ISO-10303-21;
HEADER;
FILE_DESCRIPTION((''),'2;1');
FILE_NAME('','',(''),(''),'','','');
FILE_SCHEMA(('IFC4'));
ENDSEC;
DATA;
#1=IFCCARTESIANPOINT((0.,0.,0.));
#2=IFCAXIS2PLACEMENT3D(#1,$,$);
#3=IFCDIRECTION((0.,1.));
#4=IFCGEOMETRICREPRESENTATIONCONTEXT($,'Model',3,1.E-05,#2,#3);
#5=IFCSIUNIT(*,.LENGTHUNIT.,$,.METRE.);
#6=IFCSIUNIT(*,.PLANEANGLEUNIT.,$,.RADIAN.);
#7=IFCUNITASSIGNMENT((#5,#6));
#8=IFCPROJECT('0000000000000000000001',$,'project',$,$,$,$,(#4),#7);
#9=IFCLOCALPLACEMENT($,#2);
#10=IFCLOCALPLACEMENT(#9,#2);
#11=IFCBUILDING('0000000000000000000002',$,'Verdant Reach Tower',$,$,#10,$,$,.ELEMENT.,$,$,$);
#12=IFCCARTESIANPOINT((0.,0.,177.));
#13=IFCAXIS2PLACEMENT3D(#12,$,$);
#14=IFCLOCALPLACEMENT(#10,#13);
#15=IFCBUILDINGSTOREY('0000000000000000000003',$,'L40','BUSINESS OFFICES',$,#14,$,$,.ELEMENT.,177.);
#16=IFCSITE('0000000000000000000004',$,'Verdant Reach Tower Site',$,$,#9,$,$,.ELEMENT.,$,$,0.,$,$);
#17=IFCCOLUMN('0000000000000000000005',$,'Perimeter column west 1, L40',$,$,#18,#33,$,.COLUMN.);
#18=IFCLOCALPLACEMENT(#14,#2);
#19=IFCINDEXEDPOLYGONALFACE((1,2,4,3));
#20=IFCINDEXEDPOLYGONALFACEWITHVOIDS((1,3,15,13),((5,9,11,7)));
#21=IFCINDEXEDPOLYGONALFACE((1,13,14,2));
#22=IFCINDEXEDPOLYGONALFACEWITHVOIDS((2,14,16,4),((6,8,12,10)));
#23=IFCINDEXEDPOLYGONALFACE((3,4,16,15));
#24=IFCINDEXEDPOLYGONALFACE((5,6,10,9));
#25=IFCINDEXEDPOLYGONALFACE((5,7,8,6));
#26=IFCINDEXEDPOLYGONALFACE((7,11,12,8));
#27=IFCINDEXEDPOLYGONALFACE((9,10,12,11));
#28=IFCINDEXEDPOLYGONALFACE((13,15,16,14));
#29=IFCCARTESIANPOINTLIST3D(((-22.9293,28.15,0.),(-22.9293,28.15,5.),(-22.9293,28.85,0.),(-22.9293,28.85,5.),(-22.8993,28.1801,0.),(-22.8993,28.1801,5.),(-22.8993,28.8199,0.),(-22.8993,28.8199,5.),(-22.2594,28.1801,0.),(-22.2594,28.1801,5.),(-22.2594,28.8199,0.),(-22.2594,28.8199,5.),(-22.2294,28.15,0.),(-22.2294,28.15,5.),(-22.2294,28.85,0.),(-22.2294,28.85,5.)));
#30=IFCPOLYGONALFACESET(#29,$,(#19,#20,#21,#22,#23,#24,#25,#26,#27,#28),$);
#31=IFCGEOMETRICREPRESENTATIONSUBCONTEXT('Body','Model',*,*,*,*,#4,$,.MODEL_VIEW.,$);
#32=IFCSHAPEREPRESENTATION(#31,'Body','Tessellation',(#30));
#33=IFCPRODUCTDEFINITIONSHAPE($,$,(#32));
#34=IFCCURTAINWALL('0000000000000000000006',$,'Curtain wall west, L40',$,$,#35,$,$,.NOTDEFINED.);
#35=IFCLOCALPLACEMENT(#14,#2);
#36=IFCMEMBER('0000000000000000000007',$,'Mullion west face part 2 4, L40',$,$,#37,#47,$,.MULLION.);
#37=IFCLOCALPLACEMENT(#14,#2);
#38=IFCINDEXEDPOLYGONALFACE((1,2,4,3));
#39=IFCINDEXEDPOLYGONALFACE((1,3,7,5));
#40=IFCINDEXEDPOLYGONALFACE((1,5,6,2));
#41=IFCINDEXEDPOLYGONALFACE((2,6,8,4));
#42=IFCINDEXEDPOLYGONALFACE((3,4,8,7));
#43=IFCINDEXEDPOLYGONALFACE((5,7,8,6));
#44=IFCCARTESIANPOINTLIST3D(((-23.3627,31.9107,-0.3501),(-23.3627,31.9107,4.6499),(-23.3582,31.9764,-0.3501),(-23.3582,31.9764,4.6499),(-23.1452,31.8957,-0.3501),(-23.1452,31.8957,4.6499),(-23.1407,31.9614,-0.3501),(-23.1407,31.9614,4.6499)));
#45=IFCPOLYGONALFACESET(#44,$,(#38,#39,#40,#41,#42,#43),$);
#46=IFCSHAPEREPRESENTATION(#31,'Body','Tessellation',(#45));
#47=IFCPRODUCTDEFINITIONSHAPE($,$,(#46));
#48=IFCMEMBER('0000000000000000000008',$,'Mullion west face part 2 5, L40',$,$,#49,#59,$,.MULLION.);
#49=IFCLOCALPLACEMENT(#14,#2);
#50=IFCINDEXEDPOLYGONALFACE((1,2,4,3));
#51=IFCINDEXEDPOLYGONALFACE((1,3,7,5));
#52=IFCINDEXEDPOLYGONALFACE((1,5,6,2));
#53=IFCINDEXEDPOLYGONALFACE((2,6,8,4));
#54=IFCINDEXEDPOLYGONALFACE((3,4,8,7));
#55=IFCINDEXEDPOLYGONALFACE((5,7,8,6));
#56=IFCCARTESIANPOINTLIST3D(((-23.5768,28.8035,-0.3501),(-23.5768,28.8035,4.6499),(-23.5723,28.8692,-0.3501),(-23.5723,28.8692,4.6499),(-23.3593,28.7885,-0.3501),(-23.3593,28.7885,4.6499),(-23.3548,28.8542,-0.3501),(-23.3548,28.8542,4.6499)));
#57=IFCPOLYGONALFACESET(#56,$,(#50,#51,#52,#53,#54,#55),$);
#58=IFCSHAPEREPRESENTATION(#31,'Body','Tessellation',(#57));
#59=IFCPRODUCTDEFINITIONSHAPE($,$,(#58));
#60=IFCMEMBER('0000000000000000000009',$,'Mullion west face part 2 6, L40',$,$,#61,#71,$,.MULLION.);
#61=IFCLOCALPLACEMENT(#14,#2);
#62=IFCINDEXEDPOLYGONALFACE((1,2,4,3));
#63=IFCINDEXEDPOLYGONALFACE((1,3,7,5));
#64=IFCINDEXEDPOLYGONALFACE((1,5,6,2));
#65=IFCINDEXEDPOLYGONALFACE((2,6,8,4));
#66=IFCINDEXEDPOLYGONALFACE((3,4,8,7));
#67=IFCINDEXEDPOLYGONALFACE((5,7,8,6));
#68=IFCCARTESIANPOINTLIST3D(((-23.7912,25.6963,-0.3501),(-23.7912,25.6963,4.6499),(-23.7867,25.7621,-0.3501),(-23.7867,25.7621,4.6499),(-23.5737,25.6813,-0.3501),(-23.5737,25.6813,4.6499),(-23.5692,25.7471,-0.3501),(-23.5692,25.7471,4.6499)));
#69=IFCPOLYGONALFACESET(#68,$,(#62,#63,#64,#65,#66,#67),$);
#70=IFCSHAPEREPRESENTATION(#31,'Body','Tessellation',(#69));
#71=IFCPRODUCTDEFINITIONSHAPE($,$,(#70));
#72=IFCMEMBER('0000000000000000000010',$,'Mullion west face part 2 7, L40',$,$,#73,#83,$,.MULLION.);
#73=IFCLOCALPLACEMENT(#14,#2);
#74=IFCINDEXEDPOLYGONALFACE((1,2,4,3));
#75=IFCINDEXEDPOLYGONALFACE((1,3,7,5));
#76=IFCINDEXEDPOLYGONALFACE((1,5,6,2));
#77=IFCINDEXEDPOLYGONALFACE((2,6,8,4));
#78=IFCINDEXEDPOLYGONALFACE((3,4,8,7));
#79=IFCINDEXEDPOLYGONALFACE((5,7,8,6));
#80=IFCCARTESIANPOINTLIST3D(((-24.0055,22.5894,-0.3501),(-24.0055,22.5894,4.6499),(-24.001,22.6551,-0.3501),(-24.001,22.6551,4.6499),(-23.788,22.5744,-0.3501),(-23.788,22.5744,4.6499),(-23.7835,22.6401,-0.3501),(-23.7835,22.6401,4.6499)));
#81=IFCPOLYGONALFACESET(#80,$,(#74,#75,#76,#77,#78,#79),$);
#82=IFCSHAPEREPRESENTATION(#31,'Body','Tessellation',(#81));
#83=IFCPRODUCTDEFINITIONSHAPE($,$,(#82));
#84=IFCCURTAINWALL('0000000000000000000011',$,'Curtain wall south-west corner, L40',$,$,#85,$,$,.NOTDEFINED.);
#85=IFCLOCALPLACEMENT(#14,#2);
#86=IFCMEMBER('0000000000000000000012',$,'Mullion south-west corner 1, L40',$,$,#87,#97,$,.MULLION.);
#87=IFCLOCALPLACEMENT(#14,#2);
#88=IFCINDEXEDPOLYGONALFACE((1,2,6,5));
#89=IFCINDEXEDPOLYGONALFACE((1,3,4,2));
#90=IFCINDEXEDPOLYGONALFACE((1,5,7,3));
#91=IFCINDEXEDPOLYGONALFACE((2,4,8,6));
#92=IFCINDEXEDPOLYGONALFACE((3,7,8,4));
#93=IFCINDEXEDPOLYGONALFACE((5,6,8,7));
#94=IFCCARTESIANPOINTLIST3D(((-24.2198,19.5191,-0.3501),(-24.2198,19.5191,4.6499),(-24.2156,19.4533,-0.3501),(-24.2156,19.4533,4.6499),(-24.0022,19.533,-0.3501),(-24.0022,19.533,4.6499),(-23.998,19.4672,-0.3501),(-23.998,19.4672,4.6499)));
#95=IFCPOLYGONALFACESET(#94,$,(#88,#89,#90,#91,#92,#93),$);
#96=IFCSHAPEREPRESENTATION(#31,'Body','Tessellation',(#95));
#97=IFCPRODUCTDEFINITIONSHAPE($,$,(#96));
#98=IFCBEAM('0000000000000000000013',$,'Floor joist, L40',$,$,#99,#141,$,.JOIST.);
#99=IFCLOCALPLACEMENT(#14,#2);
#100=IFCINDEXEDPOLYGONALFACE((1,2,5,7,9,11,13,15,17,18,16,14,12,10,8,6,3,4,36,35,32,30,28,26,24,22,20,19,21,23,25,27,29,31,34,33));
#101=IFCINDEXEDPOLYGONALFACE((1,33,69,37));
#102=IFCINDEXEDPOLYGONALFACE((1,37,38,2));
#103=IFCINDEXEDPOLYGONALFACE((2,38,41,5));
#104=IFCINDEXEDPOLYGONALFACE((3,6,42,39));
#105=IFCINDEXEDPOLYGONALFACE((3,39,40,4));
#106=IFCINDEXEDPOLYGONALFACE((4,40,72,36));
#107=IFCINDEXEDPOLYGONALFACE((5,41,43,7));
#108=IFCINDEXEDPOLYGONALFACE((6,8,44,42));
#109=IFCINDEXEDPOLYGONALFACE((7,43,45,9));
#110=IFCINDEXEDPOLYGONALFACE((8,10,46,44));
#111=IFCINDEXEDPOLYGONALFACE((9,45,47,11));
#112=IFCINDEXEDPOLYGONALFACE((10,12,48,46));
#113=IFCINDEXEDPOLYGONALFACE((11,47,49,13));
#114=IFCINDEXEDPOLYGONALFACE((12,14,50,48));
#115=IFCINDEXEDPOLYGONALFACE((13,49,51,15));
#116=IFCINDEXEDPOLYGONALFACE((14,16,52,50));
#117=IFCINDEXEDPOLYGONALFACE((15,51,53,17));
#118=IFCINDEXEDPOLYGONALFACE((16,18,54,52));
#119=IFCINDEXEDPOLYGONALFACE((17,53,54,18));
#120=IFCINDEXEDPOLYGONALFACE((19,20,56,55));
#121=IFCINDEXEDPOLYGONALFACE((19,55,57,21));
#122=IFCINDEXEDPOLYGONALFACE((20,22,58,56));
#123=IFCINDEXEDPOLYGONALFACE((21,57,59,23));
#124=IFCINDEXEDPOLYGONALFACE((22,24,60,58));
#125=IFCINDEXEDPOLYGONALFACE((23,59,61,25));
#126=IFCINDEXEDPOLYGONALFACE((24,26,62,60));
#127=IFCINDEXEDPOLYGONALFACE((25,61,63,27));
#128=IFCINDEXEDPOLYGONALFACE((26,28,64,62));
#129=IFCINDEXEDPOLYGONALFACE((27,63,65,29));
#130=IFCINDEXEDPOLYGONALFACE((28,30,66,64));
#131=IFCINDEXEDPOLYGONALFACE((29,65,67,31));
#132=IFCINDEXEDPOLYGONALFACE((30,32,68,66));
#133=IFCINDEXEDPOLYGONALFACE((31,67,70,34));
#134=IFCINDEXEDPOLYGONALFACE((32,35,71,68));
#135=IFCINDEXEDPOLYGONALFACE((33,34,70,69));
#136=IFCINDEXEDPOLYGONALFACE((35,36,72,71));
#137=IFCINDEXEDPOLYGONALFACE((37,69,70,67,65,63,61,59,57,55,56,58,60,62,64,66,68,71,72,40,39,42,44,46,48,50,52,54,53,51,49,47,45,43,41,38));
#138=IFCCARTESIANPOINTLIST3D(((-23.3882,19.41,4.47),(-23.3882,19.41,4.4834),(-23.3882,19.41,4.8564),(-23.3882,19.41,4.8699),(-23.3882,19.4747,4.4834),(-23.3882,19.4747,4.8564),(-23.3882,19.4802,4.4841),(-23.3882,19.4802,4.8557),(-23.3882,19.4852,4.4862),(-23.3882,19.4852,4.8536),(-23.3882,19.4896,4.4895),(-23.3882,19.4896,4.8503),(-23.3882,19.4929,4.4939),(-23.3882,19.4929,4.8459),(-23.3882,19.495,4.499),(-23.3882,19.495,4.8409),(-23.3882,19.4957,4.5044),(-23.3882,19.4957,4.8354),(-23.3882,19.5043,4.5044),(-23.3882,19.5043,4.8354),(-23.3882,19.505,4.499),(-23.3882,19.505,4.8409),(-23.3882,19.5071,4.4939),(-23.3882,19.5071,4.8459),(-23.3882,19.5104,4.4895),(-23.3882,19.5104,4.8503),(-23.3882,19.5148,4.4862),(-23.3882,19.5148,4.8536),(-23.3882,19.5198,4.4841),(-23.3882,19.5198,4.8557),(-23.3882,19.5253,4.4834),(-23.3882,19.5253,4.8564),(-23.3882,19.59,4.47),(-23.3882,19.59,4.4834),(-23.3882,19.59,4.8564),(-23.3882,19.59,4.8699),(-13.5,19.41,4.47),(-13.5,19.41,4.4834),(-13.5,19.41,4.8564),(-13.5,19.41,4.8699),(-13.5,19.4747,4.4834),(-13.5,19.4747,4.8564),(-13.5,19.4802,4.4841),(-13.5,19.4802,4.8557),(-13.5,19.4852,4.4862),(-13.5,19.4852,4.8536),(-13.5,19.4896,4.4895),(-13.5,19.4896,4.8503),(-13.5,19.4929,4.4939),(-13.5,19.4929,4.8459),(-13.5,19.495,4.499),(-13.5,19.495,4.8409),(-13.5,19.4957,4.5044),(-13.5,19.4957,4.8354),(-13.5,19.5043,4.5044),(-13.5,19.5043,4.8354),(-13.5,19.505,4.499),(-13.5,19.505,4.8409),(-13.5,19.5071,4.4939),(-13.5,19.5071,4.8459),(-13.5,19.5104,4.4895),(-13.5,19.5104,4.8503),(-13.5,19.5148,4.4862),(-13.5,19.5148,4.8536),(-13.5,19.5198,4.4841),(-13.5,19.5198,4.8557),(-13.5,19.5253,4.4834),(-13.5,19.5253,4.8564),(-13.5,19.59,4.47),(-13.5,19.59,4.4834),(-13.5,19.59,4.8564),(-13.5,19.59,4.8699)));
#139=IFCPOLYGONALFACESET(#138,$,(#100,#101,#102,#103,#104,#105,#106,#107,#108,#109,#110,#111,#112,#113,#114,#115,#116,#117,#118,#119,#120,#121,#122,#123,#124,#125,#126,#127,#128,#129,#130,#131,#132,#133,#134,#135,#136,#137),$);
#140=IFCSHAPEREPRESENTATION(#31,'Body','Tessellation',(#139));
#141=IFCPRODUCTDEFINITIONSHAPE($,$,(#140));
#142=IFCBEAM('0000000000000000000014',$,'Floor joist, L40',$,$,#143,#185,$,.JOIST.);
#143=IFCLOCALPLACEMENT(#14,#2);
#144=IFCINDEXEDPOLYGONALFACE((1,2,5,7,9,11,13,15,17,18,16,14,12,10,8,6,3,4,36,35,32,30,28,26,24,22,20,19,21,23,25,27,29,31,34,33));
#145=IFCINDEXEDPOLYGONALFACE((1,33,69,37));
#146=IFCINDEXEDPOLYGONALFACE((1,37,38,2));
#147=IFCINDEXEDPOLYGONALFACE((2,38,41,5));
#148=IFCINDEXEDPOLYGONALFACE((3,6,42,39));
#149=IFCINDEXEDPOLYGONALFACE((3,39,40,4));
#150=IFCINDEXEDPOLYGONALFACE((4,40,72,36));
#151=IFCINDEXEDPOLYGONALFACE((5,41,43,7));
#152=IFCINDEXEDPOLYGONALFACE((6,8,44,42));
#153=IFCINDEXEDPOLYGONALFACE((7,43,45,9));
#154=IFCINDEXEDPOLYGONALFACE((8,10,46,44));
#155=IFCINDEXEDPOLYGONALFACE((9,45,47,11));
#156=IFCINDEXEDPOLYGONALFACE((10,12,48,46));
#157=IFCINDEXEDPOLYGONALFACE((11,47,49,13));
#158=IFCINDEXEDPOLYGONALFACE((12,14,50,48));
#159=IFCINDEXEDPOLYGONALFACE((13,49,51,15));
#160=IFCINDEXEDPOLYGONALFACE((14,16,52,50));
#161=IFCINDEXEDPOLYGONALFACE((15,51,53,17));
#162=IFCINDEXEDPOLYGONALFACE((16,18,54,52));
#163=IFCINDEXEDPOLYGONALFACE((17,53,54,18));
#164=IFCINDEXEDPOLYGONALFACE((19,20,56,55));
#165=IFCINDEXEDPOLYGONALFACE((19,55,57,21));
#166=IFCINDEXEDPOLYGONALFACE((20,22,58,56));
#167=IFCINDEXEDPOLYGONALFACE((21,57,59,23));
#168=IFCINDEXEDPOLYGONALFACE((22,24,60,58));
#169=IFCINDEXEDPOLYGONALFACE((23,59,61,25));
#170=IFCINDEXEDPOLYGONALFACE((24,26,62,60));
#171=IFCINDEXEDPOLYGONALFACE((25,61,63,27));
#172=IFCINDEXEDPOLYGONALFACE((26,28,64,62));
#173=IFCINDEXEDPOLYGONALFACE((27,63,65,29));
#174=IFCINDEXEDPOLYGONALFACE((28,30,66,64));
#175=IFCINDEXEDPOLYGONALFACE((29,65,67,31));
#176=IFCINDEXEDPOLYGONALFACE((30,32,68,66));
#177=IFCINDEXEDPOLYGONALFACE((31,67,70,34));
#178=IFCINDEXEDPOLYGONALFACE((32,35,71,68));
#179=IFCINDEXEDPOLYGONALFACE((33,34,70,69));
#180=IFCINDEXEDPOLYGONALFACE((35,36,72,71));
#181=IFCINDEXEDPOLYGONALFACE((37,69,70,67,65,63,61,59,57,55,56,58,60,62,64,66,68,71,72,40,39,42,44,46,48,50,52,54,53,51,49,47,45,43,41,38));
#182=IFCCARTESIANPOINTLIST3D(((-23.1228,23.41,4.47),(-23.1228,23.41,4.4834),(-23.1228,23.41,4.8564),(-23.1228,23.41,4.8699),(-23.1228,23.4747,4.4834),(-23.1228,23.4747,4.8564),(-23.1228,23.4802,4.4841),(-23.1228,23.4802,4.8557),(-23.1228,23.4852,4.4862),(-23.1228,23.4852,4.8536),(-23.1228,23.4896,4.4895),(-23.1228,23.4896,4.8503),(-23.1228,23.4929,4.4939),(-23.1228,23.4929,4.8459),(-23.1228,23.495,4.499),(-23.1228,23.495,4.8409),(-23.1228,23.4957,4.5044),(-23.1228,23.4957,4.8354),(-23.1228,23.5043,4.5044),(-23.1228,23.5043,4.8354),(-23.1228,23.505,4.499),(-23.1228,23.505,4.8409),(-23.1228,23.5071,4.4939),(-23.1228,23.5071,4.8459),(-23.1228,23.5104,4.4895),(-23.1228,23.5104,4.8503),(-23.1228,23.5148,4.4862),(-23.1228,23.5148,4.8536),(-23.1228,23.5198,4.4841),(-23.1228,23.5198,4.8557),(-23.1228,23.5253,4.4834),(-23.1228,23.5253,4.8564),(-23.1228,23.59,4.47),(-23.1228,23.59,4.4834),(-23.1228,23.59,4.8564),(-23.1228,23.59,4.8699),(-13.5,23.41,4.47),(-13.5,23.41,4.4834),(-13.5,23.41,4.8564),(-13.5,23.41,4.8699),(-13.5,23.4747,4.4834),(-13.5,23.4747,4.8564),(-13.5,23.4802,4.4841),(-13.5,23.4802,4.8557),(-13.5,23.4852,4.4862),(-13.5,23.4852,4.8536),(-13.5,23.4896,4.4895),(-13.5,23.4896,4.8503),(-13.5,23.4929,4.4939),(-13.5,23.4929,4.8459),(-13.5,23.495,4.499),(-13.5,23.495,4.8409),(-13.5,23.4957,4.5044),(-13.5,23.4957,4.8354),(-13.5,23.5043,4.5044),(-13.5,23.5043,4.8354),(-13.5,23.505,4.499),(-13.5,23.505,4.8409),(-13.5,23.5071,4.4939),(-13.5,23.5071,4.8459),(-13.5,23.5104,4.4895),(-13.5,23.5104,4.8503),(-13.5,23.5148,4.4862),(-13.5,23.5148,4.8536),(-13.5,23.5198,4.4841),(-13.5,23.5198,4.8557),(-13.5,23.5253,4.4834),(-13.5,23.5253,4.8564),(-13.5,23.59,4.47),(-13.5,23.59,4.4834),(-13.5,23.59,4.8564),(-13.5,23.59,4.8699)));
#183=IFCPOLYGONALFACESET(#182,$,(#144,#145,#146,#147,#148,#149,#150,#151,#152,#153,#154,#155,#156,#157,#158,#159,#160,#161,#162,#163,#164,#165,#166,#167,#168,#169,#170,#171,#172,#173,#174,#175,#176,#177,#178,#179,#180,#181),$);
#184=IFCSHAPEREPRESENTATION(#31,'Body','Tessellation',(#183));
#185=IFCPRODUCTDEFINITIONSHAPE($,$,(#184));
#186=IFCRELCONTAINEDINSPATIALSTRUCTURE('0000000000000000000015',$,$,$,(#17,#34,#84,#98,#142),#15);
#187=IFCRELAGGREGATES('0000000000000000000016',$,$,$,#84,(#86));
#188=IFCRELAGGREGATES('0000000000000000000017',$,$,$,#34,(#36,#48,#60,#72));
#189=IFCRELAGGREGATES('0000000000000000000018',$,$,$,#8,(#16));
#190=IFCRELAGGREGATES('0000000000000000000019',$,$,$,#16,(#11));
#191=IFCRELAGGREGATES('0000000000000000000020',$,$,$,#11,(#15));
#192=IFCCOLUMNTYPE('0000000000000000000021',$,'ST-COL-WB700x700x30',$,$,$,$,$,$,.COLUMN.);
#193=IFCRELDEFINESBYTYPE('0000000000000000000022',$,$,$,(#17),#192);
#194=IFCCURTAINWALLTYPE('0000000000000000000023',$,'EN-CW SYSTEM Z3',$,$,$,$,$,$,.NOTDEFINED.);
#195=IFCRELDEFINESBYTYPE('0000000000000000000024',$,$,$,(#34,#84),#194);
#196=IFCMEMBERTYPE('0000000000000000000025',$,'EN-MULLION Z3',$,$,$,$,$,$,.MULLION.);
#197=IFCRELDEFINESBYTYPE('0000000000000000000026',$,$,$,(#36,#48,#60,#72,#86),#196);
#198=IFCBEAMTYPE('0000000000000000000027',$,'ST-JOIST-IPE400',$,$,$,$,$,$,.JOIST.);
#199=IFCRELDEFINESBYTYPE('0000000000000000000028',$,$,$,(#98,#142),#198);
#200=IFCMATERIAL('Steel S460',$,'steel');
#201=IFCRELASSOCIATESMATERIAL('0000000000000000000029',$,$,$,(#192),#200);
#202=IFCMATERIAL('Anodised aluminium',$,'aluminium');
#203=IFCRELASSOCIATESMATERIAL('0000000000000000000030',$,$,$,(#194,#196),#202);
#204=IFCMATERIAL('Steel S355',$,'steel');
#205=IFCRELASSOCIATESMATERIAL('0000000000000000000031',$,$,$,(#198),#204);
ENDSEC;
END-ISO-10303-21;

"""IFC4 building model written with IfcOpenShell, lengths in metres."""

from ifc_helpers import new_model, si_unit, direction, frame, origin, origin_2d, place, context, subcontext, project, spatial, rectangle, hollow_rectangle, i_section, extrude, material, material_profile, profile_set, type_object, element, aggregate, save


model = new_model("IFC4")

# Units and contexts
model_context = context("Model", 3, precision=1e-05, world=origin(), true_north=direction((0.0, 1.0)))
body_context = subcontext(model_context, "Body", "Model", "MODEL_VIEW")
ifc_project = project(units=[si_unit("LENGTHUNIT", "METRE"), si_unit("PLANEANGLEUNIT", "RADIAN")], contexts=[model_context])

# Site, building, storey
site_placement = place(None, origin())
site = spatial("IfcSite", under=ifc_project, at=site_placement, Name="Verdant Reach Tower Site", CompositionType="ELEMENT", RefElevation=0.0)
building_placement = place(site_placement, origin())
building = spatial("IfcBuilding", under=site, at=building_placement, Name="Verdant Reach Tower", CompositionType="ELEMENT")
storey_placement = place(building_placement, frame((0.0, 0.0, 177.0)))
storey = spatial("IfcBuildingStorey", under=building, at=storey_placement, Name="L40", Description="BUSINESS OFFICES", CompositionType="ELEMENT", Elevation=177.0)

# Column
ifc_material_1 = material(Name="Steel S460", Category="steel")
ifc_material_profile_1 = material_profile(ifc_material_1, hollow_rectangle(XDim=0.7, YDim=0.7, WallThickness=0.03, at=origin_2d()), Name="WB 700x700x30")
ifc_profile_set_1 = profile_set([ifc_material_profile_1], Name="Steel S460")
column_type = type_object("IfcColumnType", Name="ST-COL-WB700x700x30", PredefinedType="COLUMN", material=ifc_profile_set_1)
column_placement = place(storey_placement, frame((-22.5793, 28.5, 0.0), z_axis=(0.0, 0.0, 1.0), x_axis=(1.0, 0.0, 0.0)))
element("IfcColumn", 1, at=column_placement, inside=storey, type_object=column_type, Name="Perimeter column west 1, L40", PredefinedType="COLUMN", context=body_context, shape_type="SweptSolid", body=[
    extrude(hollow_rectangle(XDim=0.7, YDim=0.7, WallThickness=0.03, at=origin_2d()), origin(), (0.0, 0.0, 1.0), 5.0),
])

# Curtain wall, members
ifc_material_2 = material(Name="Anodised aluminium", Category="aluminium")
curtain_wall_type = type_object("IfcCurtainWallType", Name="EN-CW SYSTEM Z3", PredefinedType="NOTDEFINED", material=ifc_material_2)
curtain_wall_1_placement = place(storey_placement, origin())
curtain_wall_1 = element("IfcCurtainWall", 2, at=curtain_wall_1_placement, inside=storey, type_object=curtain_wall_type, Name="Curtain wall west, L40", PredefinedType="NOTDEFINED")
ifc_material_profile_2 = material_profile(ifc_material_2, rectangle(XDim=0.218, YDim=0.0659, at=origin_2d()), Name="Mullion 66x218")
ifc_profile_set_2 = profile_set([ifc_material_profile_2], Name="Anodised aluminium")
member_type = type_object("IfcMemberType", Name="EN-MULLION Z3", PredefinedType="MULLION", material=ifc_profile_set_2)
member_1_placement = place(storey_placement, frame((-23.2517, 31.936, -0.3501), z_axis=(0.0, 0.0, 1.0), x_axis=(-0.99763, 0.068802, 0.0)))
member_1 = element("IfcMember", 3, at=member_1_placement, type_object=member_type, Name="Mullion west face part 2 4, L40", PredefinedType="MULLION", context=body_context, shape_type="SweptSolid", body=[
    extrude(rectangle(XDim=0.218, YDim=0.0659, at=origin_2d()), origin(), (0.0, 0.0, 1.0), 5.0),
])
member_2_placement = place(storey_placement, frame((-23.4658, 28.8289, -0.3501), z_axis=(0.0, 0.0, 1.0), x_axis=(-0.99763, 0.068802, 0.0)))
member_2 = element("IfcMember", 4, at=member_2_placement, type_object=member_type, Name="Mullion west face part 2 5, L40", PredefinedType="MULLION", context=body_context, shape_type="SweptSolid", body=[
    extrude(rectangle(XDim=0.218, YDim=0.0659, at=origin_2d()), origin(), (0.0, 0.0, 1.0), 5.0),
])
member_3_placement = place(storey_placement, frame((-23.6802, 25.7217, -0.3501), z_axis=(0.0, 0.0, 1.0), x_axis=(-0.99763, 0.068802, 0.0)))
member_3 = element("IfcMember", 5, at=member_3_placement, type_object=member_type, Name="Mullion west face part 2 6, L40", PredefinedType="MULLION", context=body_context, shape_type="SweptSolid", body=[
    extrude(rectangle(XDim=0.218, YDim=0.0659, at=origin_2d()), origin(), (0.0, 0.0, 1.0), 5.0),
])
member_4_placement = place(storey_placement, frame((-23.8945, 22.6147, -0.3501), z_axis=(0.0, 0.0, 1.0), x_axis=(-0.99763, 0.068802, 0.0)))
member_4 = element("IfcMember", 6, at=member_4_placement, type_object=member_type, Name="Mullion west face part 2 7, L40", PredefinedType="MULLION", context=body_context, shape_type="SweptSolid", body=[
    extrude(rectangle(XDim=0.218, YDim=0.0659, at=origin_2d()), origin(), (0.0, 0.0, 1.0), 5.0),
])

# Curtain wall, member
curtain_wall_2_placement = place(storey_placement, origin())
curtain_wall_2 = element("IfcCurtainWall", 7, at=curtain_wall_2_placement, inside=storey, type_object=curtain_wall_type, Name="Curtain wall south-west corner, L40", PredefinedType="NOTDEFINED")
member_5_placement = place(storey_placement, frame((-24.1089, 19.4932, -0.3501), z_axis=(0.0, 0.0, 1.0), x_axis=(-0.997969, -0.063699, 0.0)))
member_5 = element("IfcMember", 8, at=member_5_placement, type_object=member_type, Name="Mullion south-west corner 1, L40", PredefinedType="MULLION", context=body_context, shape_type="SweptSolid", body=[
    extrude(rectangle(XDim=0.218, YDim=0.0659, at=origin_2d()), origin(), (0.0, 0.0, 1.0), 5.0),
])
aggregate(curtain_wall_2, [member_5])

# Beams
ifc_material_3 = material(Name="Steel S355", Category="steel")
ifc_material_profile_3 = material_profile(ifc_material_3, i_section(OverallWidth=0.1799, OverallDepth=0.3999, WebThickness=0.0085, FlangeThickness=0.0134, FilletRadius=0.021, at=origin_2d()), Name="IPE 400")
ifc_profile_set_3 = profile_set([ifc_material_profile_3], Name="Steel S355")
beam_type_1 = type_object("IfcBeamType", Name="ST-JOIST-IPE400", PredefinedType="JOIST", material=ifc_profile_set_3)
beam_1_placement = place(storey_placement, frame((-13.5, 19.5, 4.6699), z_axis=(-1.0, 0.0, 0.0), x_axis=(0.0, -1.0, 0.0)))
element("IfcBeam", 9, at=beam_1_placement, inside=storey, type_object=beam_type_1, Name="Floor joist, L40", PredefinedType="JOIST", context=body_context, shape_type="SweptSolid", body=[
    extrude(i_section(OverallWidth=0.1799, OverallDepth=0.3999, WebThickness=0.0085, FlangeThickness=0.0134, FilletRadius=0.021, at=origin_2d()), origin(), (0.0, 0.0, 1.0), 9.8882),
])
beam_2_placement = place(storey_placement, frame((-13.5, 23.5, 4.6699), z_axis=(-1.0, 0.0, 0.0), x_axis=(0.0, -1.0, 0.0)))
element("IfcBeam", 10, at=beam_2_placement, inside=storey, type_object=beam_type_1, Name="Floor joist, L40", PredefinedType="JOIST", context=body_context, shape_type="SweptSolid", body=[
    extrude(i_section(OverallWidth=0.1799, OverallDepth=0.3999, WebThickness=0.0085, FlangeThickness=0.0134, FilletRadius=0.021, at=origin_2d()), origin(), (0.0, 0.0, 1.0), 9.6228),
])

aggregate(curtain_wall_1, [member_1, member_2, member_3, member_4])

save(model, "model.ifc")
